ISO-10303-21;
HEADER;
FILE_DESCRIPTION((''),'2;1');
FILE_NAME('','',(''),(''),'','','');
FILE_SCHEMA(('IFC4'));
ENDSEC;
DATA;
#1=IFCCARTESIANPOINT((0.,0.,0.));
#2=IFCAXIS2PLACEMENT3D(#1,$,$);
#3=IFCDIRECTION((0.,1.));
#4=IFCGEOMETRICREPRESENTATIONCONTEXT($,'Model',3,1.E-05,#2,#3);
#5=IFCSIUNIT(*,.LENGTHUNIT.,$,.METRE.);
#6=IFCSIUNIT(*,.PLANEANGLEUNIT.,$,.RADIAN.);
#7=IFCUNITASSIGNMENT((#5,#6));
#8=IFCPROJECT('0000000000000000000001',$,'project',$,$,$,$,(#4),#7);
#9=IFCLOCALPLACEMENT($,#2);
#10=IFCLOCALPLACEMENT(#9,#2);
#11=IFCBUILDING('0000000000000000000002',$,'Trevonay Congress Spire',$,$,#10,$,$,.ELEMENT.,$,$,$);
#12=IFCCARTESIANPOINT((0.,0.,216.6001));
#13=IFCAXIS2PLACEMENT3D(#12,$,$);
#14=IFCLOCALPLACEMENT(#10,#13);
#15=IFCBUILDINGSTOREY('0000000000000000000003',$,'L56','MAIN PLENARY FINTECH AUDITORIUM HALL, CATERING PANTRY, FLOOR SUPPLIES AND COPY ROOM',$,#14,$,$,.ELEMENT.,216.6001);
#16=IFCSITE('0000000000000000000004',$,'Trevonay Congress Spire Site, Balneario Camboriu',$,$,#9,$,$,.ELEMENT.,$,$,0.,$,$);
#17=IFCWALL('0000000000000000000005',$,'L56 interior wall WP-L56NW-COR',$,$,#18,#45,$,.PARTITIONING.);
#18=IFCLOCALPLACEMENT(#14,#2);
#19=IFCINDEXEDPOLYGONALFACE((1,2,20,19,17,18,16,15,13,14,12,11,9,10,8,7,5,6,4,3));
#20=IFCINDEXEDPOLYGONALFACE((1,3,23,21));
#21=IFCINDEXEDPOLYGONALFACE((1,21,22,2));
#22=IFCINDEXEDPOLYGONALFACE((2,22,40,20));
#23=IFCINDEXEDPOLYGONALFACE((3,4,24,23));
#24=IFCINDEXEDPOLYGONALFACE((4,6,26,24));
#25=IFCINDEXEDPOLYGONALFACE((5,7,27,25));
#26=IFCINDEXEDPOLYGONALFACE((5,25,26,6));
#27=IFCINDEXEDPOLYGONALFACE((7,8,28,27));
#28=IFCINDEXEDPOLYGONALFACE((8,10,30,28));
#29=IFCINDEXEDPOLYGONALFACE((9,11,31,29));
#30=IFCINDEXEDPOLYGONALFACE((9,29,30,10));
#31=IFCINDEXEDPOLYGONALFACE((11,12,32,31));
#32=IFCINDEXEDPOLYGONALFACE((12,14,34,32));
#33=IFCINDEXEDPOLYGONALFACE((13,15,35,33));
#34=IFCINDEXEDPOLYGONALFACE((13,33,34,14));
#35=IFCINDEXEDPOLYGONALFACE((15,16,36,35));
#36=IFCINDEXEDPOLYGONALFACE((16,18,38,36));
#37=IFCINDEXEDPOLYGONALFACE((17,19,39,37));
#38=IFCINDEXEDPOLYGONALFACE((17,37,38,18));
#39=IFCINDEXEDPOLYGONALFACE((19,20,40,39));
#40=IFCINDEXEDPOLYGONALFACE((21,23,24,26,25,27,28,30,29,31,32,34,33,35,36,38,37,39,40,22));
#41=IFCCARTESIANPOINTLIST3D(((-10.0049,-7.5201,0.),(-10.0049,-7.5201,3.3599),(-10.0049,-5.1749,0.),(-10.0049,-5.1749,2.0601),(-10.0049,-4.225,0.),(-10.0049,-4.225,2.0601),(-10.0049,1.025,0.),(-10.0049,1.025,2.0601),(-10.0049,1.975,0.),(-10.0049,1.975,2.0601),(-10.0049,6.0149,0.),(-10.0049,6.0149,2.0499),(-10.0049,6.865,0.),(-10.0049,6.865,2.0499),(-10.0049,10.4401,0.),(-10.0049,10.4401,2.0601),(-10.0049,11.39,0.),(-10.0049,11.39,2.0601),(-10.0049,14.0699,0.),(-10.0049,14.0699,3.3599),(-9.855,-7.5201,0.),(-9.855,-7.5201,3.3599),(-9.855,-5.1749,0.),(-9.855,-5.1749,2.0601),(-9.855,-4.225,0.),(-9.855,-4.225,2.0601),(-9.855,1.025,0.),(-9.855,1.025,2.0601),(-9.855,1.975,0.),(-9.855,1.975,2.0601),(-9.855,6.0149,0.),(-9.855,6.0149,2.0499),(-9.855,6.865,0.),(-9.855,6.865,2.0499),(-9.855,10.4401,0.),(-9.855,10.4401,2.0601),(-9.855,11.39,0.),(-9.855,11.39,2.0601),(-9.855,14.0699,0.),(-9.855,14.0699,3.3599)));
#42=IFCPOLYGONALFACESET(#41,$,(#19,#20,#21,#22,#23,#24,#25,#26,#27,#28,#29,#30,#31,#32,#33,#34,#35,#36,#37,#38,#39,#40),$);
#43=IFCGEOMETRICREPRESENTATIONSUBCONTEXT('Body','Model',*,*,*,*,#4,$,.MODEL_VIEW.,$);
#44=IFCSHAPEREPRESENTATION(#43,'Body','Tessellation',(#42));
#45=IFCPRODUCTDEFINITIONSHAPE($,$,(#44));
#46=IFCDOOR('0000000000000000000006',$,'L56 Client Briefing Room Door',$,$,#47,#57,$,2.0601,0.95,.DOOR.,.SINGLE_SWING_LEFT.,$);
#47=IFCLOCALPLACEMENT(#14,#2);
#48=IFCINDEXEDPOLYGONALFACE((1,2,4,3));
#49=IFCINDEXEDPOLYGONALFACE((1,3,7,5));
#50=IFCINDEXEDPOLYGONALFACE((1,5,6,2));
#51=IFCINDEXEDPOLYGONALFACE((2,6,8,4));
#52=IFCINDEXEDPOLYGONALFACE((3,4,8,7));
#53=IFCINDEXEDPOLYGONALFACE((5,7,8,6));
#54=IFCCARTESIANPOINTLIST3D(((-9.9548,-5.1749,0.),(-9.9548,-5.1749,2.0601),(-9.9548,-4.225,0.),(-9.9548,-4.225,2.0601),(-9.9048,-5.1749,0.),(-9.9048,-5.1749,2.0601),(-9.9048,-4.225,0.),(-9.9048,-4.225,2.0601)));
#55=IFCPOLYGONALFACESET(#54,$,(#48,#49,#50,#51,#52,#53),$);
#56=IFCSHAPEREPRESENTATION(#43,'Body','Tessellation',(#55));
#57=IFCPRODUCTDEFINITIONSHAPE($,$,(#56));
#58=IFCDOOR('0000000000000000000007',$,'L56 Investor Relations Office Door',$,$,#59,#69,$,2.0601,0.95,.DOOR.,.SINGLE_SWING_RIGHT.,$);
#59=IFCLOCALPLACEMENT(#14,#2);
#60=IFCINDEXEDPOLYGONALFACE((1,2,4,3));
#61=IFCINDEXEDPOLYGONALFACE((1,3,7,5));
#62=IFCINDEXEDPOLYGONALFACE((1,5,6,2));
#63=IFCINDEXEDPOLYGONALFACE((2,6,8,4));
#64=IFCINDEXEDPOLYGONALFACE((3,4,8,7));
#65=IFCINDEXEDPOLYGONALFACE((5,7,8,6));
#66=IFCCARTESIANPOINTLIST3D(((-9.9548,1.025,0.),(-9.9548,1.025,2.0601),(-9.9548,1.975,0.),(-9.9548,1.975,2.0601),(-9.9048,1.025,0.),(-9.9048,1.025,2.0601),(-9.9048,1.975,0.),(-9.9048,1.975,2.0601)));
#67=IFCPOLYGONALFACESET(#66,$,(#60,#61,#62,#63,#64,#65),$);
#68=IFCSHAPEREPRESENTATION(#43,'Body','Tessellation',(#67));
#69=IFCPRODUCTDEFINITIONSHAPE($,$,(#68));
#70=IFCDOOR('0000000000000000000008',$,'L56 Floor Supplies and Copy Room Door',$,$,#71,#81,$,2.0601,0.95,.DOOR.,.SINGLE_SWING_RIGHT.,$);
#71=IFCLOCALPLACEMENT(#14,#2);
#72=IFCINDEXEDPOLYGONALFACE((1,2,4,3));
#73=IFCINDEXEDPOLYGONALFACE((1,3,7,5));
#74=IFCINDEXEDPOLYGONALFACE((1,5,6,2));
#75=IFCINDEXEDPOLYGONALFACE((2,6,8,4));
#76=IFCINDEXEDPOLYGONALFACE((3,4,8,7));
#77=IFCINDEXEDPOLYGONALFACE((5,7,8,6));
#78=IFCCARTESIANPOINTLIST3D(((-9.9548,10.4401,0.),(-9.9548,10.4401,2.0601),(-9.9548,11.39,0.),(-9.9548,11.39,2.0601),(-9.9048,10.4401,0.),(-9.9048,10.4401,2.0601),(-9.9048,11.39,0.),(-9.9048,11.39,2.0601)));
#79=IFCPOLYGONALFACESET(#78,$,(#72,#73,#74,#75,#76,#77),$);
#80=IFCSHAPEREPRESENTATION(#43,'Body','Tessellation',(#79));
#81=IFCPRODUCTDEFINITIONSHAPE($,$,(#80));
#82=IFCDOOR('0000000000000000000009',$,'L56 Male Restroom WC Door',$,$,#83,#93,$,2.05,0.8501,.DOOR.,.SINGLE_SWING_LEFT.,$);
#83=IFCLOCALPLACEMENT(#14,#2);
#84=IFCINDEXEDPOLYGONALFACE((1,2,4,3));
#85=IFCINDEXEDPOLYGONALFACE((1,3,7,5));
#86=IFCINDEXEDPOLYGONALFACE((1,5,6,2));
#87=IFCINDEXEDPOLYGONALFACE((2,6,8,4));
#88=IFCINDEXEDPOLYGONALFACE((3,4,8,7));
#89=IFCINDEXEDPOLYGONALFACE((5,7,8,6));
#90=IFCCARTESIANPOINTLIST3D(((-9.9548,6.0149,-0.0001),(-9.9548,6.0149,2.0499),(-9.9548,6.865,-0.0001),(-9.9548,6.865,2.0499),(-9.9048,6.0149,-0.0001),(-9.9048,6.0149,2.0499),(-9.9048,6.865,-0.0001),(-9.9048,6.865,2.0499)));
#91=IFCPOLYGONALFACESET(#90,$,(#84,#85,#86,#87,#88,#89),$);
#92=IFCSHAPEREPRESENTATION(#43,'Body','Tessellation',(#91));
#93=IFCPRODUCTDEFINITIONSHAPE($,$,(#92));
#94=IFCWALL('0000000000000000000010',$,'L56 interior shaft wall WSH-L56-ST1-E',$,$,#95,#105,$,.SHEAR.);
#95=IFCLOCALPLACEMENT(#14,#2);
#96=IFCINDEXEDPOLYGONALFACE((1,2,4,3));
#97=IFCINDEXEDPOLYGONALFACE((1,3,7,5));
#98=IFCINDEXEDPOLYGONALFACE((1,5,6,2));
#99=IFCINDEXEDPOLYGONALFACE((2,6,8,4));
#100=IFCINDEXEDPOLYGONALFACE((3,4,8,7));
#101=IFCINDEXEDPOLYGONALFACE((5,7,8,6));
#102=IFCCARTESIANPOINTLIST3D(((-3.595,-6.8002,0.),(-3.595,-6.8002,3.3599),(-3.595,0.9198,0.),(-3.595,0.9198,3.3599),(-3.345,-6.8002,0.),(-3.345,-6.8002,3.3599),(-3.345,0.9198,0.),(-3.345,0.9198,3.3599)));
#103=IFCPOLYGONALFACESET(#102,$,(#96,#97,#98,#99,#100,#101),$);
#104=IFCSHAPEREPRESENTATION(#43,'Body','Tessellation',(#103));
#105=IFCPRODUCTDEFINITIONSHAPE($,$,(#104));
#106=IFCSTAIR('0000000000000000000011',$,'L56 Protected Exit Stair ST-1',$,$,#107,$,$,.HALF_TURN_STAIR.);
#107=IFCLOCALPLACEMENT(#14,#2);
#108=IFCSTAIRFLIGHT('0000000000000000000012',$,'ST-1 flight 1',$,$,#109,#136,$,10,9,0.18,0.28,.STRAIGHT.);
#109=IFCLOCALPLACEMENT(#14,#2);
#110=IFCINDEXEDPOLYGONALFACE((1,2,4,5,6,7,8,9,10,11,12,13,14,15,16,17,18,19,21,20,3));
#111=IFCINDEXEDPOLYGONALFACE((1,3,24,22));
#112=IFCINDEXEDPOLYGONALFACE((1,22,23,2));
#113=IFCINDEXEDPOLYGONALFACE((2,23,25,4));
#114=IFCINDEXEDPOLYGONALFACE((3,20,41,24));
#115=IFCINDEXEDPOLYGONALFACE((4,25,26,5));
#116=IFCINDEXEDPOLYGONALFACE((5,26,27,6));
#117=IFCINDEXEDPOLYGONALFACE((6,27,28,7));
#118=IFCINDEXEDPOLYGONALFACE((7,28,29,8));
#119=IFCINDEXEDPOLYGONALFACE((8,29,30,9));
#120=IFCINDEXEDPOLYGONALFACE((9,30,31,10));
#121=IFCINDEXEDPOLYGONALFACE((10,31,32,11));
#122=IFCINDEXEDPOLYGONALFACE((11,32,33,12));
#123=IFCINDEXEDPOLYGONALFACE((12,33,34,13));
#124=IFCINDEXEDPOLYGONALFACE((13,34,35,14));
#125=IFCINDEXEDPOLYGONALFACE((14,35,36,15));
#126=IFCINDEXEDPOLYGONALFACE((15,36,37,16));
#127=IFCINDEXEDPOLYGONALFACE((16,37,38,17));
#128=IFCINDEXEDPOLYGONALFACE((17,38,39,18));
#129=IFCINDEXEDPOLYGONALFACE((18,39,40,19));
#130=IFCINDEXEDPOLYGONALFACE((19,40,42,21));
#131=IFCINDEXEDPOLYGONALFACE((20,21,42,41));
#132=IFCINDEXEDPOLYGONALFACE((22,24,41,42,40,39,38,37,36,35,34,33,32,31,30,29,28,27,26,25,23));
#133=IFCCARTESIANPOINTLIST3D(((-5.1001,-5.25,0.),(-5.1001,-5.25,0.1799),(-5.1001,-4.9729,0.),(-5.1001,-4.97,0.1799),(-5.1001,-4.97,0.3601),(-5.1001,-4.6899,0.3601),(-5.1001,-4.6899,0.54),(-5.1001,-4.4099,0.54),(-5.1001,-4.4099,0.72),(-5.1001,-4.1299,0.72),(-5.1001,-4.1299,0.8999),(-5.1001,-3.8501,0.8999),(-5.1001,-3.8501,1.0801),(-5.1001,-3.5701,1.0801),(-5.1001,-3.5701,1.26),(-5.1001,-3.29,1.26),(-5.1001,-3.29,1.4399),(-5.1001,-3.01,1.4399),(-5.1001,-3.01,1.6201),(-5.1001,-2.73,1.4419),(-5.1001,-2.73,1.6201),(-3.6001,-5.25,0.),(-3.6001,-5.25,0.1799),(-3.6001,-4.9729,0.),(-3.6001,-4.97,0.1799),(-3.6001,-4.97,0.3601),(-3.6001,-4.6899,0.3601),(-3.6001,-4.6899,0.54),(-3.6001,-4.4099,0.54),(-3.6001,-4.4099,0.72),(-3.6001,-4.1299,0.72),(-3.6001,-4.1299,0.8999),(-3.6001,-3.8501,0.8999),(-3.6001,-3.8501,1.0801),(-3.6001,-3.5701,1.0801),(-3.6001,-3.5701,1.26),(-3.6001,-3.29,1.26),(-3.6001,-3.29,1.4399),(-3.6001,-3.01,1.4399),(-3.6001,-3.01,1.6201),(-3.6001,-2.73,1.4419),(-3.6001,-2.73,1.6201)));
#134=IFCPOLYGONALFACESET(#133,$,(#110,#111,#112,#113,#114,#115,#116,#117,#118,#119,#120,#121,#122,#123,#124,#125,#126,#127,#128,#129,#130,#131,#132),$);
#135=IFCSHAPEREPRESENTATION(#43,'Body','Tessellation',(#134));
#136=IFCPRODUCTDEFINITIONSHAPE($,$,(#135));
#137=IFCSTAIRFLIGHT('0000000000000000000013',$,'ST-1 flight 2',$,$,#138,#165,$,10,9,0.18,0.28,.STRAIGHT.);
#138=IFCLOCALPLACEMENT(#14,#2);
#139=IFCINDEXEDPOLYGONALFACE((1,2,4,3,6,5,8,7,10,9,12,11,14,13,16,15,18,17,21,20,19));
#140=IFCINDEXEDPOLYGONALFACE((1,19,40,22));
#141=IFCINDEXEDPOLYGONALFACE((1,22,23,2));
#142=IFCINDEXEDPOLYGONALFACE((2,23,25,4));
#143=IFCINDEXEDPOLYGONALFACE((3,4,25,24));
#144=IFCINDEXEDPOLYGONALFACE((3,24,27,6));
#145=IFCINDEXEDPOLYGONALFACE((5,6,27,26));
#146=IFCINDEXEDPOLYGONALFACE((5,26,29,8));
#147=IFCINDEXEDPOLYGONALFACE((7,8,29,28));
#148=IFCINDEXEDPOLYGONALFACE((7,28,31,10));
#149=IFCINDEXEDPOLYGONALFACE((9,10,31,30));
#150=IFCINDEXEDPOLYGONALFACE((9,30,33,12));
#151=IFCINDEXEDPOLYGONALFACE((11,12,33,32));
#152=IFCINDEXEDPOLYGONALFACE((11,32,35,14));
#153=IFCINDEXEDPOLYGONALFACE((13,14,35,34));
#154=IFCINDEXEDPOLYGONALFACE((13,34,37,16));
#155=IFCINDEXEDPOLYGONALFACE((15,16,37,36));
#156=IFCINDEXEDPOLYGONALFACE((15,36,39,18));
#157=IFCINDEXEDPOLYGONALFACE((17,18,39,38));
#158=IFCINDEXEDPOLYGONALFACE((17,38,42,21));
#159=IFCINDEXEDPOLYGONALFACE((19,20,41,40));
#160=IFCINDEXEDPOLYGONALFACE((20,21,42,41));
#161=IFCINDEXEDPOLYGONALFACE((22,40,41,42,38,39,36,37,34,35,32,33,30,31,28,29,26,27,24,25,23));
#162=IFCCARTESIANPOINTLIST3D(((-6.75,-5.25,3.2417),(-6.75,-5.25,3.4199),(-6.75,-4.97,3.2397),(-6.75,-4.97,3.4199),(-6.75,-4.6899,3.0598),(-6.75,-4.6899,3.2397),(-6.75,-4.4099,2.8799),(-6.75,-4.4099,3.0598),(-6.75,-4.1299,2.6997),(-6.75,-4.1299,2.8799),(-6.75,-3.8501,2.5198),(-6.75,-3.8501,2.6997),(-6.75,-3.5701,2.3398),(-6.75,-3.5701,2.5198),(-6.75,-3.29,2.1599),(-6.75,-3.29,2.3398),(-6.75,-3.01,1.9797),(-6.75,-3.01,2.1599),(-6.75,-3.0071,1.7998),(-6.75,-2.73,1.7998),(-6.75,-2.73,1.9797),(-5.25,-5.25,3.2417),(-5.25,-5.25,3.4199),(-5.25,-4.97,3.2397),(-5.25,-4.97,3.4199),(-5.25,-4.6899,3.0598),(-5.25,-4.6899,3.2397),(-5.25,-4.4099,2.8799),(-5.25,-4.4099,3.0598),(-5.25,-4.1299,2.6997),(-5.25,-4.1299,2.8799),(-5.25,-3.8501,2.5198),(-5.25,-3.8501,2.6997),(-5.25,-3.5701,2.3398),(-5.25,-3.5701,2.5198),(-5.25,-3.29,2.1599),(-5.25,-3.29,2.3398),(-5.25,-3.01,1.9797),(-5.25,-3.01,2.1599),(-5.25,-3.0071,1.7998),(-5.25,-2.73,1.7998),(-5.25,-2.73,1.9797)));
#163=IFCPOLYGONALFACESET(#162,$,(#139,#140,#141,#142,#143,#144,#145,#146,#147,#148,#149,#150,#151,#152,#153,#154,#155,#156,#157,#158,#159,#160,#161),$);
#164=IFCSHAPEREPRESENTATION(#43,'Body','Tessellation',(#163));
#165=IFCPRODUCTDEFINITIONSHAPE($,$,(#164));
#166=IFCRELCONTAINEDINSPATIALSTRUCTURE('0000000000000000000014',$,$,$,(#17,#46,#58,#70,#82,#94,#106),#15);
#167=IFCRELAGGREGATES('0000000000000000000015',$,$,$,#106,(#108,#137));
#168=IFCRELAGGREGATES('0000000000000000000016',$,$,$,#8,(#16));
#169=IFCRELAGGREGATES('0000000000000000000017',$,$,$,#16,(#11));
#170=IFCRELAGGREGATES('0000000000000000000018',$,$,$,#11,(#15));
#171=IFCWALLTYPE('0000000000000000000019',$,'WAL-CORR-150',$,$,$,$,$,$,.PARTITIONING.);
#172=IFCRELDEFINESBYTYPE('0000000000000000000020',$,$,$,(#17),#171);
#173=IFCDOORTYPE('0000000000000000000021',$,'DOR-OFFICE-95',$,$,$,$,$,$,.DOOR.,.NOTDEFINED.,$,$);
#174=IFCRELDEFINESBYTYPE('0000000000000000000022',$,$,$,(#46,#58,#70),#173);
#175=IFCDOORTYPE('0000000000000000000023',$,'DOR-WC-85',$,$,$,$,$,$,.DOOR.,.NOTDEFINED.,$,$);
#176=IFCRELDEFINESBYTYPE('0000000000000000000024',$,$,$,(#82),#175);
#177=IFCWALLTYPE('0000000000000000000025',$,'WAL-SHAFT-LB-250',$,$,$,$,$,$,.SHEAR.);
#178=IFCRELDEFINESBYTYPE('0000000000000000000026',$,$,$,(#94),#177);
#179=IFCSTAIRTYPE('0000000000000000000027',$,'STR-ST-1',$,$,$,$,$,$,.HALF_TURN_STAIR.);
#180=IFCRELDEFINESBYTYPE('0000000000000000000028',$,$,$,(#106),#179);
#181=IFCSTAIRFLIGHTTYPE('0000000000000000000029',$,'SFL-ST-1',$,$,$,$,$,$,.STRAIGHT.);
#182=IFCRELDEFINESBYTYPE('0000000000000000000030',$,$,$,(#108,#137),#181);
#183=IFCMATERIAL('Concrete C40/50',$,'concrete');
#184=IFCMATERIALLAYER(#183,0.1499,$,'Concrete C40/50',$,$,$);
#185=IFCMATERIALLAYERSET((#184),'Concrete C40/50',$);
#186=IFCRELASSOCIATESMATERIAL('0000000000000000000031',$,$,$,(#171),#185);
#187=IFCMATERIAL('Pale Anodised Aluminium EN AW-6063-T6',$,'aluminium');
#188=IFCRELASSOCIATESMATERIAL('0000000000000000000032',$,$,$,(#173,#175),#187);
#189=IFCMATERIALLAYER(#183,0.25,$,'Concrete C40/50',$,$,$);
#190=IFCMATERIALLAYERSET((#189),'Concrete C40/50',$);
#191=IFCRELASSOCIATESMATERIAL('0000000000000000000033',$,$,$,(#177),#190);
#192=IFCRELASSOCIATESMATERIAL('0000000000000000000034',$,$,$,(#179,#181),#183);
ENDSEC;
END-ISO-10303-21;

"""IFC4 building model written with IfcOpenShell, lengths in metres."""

from ifc_helpers import new_model, si_unit, direction, frame, frame_2d, origin, place, context, subcontext, project, spatial, polyline, rectangle, outline, extrude, material, layer, layer_set, type_object, element, fill, aggregate, save


model = new_model("IFC4")

# Units and contexts
model_context = context("Model", 3, precision=1e-05, world=origin(), true_north=direction((0.0, 1.0)))
body_context = subcontext(model_context, "Body", "Model", "MODEL_VIEW")
ifc_project = project(units=[si_unit("LENGTHUNIT", "METRE"), si_unit("PLANEANGLEUNIT", "RADIAN")], contexts=[model_context])

# Site, building, storey
site_placement = place(None, origin())
site = spatial("IfcSite", under=ifc_project, at=site_placement, Name="Trevonay Congress Spire Site, Balneario Camboriu", CompositionType="ELEMENT", RefElevation=0.0)
building_placement = place(site_placement, origin())
building = spatial("IfcBuilding", under=site, at=building_placement, Name="Trevonay Congress Spire", CompositionType="ELEMENT")
storey_placement = place(building_placement, frame((0.0, 0.0, 216.6001)))
storey = spatial("IfcBuildingStorey", under=building, at=storey_placement, Name="L56", Description="MAIN PLENARY FINTECH AUDITORIUM HALL, CATERING PANTRY, FLOOR SUPPLIES AND COPY ROOM", CompositionType="ELEMENT", Elevation=216.6001)

# Wall, openings, doors
ifc_material_1 = material(Name="Concrete C40/50", Category="concrete")
ifc_layer_1 = layer(ifc_material_1, 0.1499, Name="Concrete C40/50")
ifc_layer_set_1 = layer_set([ifc_layer_1], Name="Concrete C40/50")
wall_type_1 = type_object("IfcWallType", Name="WAL-CORR-150", PredefinedType="PARTITIONING", material=ifc_layer_set_1)
wall_1_placement = place(storey_placement, frame((-9.9299, -7.52, 0.0), z_axis=(0.0, 0.0, 1.0), x_axis=(0.0, 1.0, 0.0)))
wall_1 = element("IfcWall", 1, at=wall_1_placement, inside=storey, type_object=wall_type_1, Name="L56 interior wall WP-L56NW-COR", PredefinedType="PARTITIONING", context=body_context, shape_type="SweptSolid", body=[
    extrude(rectangle(XDim=21.5901, YDim=0.1499, at=frame_2d((10.7949, 0.0))), origin(), (0.0, 0.0, 1.0), 3.3599),
])
opening_1_placement = place(wall_1_placement, frame((2.345, 0.0, 0.0)))
opening_1 = element("IfcOpeningElement", 2, at=opening_1_placement, cuts=wall_1, PredefinedType="OPENING", context=body_context, shape_type="SweptSolid", body=[
    extrude(rectangle(XDim=0.95, YDim=2.0601, at=frame_2d((0.4751, 1.03))), frame((0.0, 0.085, 0.0), z_axis=(0.0, -1.0, 0.0), x_axis=(1.0, 0.0, 0.0)), (0.0, 0.0, 1.0), 0.1699),
])
opening_2_placement = place(wall_1_placement, frame((8.5449, 0.0, 0.0)))
opening_2 = element("IfcOpeningElement", 3, at=opening_2_placement, cuts=wall_1, PredefinedType="OPENING", context=body_context, shape_type="SweptSolid", body=[
    extrude(rectangle(XDim=0.95, YDim=2.0601, at=frame_2d((0.4751, 1.03))), frame((0.0, 0.085, 0.0), z_axis=(0.0, -1.0, 0.0), x_axis=(1.0, 0.0, 0.0)), (0.0, 0.0, 1.0), 0.1699),
])
opening_3_placement = place(wall_1_placement, frame((13.5349, 0.0, 0.0)))
opening_3 = element("IfcOpeningElement", 4, at=opening_3_placement, cuts=wall_1, PredefinedType="OPENING", context=body_context, shape_type="SweptSolid", body=[
    extrude(rectangle(XDim=0.8501, YDim=2.05, at=frame_2d((0.425, 1.0249))), frame((0.0, 0.085, 0.0), z_axis=(0.0, -1.0, 0.0), x_axis=(1.0, 0.0, 0.0)), (0.0, 0.0, 1.0), 0.1699),
])
opening_4_placement = place(wall_1_placement, frame((17.96, 0.0, 0.0)))
opening_4 = element("IfcOpeningElement", 5, at=opening_4_placement, cuts=wall_1, PredefinedType="OPENING", context=body_context, shape_type="SweptSolid", body=[
    extrude(rectangle(XDim=0.95, YDim=2.0601, at=frame_2d((0.4751, 1.03))), frame((0.0, 0.085, 0.0), z_axis=(0.0, -1.0, 0.0), x_axis=(1.0, 0.0, 0.0)), (0.0, 0.0, 1.0), 0.1699),
])
ifc_material_2 = material(Name="Pale Anodised Aluminium EN AW-6063-T6", Category="aluminium")
door_type_1 = type_object("IfcDoorType", Name="DOR-OFFICE-95", OperationType="NOTDEFINED", PredefinedType="DOOR", material=ifc_material_2)
door_1_placement = place(opening_1_placement, origin())
door_1 = element("IfcDoor", 6, at=door_1_placement, inside=storey, type_object=door_type_1, Name="L56 Client Briefing Room Door", OperationType="SINGLE_SWING_LEFT", OverallHeight=2.0601, OverallWidth=0.95, PredefinedType="DOOR", context=body_context, shape_type="SweptSolid", body=[
    extrude(rectangle(XDim=0.95, YDim=2.0601, at=frame_2d((0.4751, 1.03))), frame((0.0, 0.0249, 0.0), z_axis=(0.0, -1.0, 0.0), x_axis=(1.0, 0.0, 0.0)), (0.0, 0.0, 1.0), 0.05),
])
fill(opening_1, door_1)
door_2_placement = place(opening_2_placement, origin())
door_2 = element("IfcDoor", 7, at=door_2_placement, inside=storey, type_object=door_type_1, Name="L56 Investor Relations Office Door", OperationType="SINGLE_SWING_RIGHT", OverallHeight=2.0601, OverallWidth=0.95, PredefinedType="DOOR", context=body_context, shape_type="SweptSolid", body=[
    extrude(rectangle(XDim=0.95, YDim=2.0601, at=frame_2d((0.4751, 1.03))), frame((0.0, 0.0249, 0.0), z_axis=(0.0, -1.0, 0.0), x_axis=(1.0, 0.0, 0.0)), (0.0, 0.0, 1.0), 0.05),
])
fill(opening_2, door_2)
door_3_placement = place(opening_4_placement, origin())
door_3 = element("IfcDoor", 8, at=door_3_placement, inside=storey, type_object=door_type_1, Name="L56 Floor Supplies and Copy Room Door", OperationType="SINGLE_SWING_RIGHT", OverallHeight=2.0601, OverallWidth=0.95, PredefinedType="DOOR", context=body_context, shape_type="SweptSolid", body=[
    extrude(rectangle(XDim=0.95, YDim=2.0601, at=frame_2d((0.4751, 1.03))), frame((0.0, 0.0249, 0.0), z_axis=(0.0, -1.0, 0.0), x_axis=(1.0, 0.0, 0.0)), (0.0, 0.0, 1.0), 0.05),
])
fill(opening_4, door_3)
door_type_2 = type_object("IfcDoorType", Name="DOR-WC-85", OperationType="NOTDEFINED", PredefinedType="DOOR", material=ifc_material_2)
door_4_placement = place(opening_3_placement, origin())
door_4 = element("IfcDoor", 9, at=door_4_placement, inside=storey, type_object=door_type_2, Name="L56 Male Restroom WC Door", OperationType="SINGLE_SWING_LEFT", OverallHeight=2.05, OverallWidth=0.8501, PredefinedType="DOOR", context=body_context, shape_type="SweptSolid", body=[
    extrude(rectangle(XDim=0.8501, YDim=2.05, at=frame_2d((0.425, 1.0249))), frame((0.0, 0.0249, 0.0), z_axis=(0.0, -1.0, 0.0), x_axis=(1.0, 0.0, 0.0)), (0.0, 0.0, 1.0), 0.05),
])
fill(opening_3, door_4)

# Wall
ifc_layer_2 = layer(ifc_material_1, 0.25, Name="Concrete C40/50")
ifc_layer_set_2 = layer_set([ifc_layer_2], Name="Concrete C40/50")
wall_type_2 = type_object("IfcWallType", Name="WAL-SHAFT-LB-250", PredefinedType="SHEAR", material=ifc_layer_set_2)
wall_2_placement = place(storey_placement, frame((-3.47, -6.8, 0.0), z_axis=(0.0, 0.0, 1.0), x_axis=(0.0, 1.0, 0.0)))
element("IfcWall", 10, at=wall_2_placement, inside=storey, type_object=wall_type_2, Name="L56 interior shaft wall WSH-L56-ST1-E", PredefinedType="SHEAR", context=body_context, shape_type="SweptSolid", body=[
    extrude(rectangle(XDim=7.72, YDim=0.25, at=frame_2d((3.8599, 0.0))), origin(), (0.0, 0.0, 1.0), 3.3599),
])

# Stair, stair flights
stair_type = type_object("IfcStairType", Name="STR-ST-1", PredefinedType="HALF_TURN_STAIR", material=ifc_material_1)
stair_placement = place(storey_placement, origin())
stair = element("IfcStair", 11, at=stair_placement, inside=storey, type_object=stair_type, Name="L56 Protected Exit Stair ST-1", PredefinedType="HALF_TURN_STAIR")
stair_flight_type = type_object("IfcStairFlightType", Name="SFL-ST-1", PredefinedType="STRAIGHT", material=ifc_material_1)
stair_flight_1_placement = place(storey_placement, frame((-4.3501, -5.25, 0.0), z_axis=(0.0, 0.0, 1.0), x_axis=(0.0, 1.0, 0.0)))
stair_flight_1 = element("IfcStairFlight", 12, at=stair_flight_1_placement, type_object=stair_flight_type, Name="ST-1 flight 1", NumberOfRisers=10, NumberOfTreads=9, PredefinedType="STRAIGHT", RiserHeight=0.18, TreadLength=0.28, context=body_context, shape_type="SweptSolid", body=[
    extrude(outline(polyline([(0.0, 0.0), (0.0, 0.1799), (0.28, 0.1799), (0.28, 0.3601), (0.5601, 0.3601), (0.5601, 0.54), (0.8401, 0.54), (0.8401, 0.72), (1.1201, 0.72), (1.1201, 0.8999), (1.3999, 0.8999), (1.3999, 1.0801), (1.6799, 1.0801), (1.6799, 1.26), (1.96, 1.26), (1.96, 1.4399), (2.24, 1.4399), (2.24, 1.6201), (2.52, 1.6201), (2.52, 1.8), (2.52, 1.4419), (0.2771, 0.0), (0.0, 0.0)])), frame((0.0, 0.75, 0.0), z_axis=(0.0, -1.0, 0.0), x_axis=(1.0, 0.0, 0.0)), (0.0, 0.0, 1.0), 1.5),
])
stair_flight_2_placement = place(storey_placement, frame((-6.0, -2.73, 1.7998), z_axis=(0.0, 0.0, 1.0), x_axis=(0.0, -1.0, 0.0)))
stair_flight_2 = element("IfcStairFlight", 13, at=stair_flight_2_placement, type_object=stair_flight_type, Name="ST-1 flight 2", NumberOfRisers=10, NumberOfTreads=9, PredefinedType="STRAIGHT", RiserHeight=0.18, TreadLength=0.28, context=body_context, shape_type="SweptSolid", body=[
    extrude(outline(polyline([(0.0, 0.0), (0.0, 0.1799), (0.28, 0.1799), (0.28, 0.3601), (0.5601, 0.3601), (0.5601, 0.54), (0.8401, 0.54), (0.8401, 0.72), (1.1201, 0.72), (1.1201, 0.8999), (1.3999, 0.8999), (1.3999, 1.0801), (1.6799, 1.0801), (1.6799, 1.26), (1.96, 1.26), (1.96, 1.4399), (2.24, 1.4399), (2.24, 1.6201), (2.52, 1.6201), (2.52, 1.8), (2.52, 1.4419), (0.2771, 0.0), (0.0, 0.0)])), frame((0.0, 0.75, 0.0), z_axis=(0.0, -1.0, 0.0), x_axis=(1.0, 0.0, 0.0)), (0.0, 0.0, 1.0), 1.5),
])
aggregate(stair, [stair_flight_1, stair_flight_2])

save(model, "model.ifc")
